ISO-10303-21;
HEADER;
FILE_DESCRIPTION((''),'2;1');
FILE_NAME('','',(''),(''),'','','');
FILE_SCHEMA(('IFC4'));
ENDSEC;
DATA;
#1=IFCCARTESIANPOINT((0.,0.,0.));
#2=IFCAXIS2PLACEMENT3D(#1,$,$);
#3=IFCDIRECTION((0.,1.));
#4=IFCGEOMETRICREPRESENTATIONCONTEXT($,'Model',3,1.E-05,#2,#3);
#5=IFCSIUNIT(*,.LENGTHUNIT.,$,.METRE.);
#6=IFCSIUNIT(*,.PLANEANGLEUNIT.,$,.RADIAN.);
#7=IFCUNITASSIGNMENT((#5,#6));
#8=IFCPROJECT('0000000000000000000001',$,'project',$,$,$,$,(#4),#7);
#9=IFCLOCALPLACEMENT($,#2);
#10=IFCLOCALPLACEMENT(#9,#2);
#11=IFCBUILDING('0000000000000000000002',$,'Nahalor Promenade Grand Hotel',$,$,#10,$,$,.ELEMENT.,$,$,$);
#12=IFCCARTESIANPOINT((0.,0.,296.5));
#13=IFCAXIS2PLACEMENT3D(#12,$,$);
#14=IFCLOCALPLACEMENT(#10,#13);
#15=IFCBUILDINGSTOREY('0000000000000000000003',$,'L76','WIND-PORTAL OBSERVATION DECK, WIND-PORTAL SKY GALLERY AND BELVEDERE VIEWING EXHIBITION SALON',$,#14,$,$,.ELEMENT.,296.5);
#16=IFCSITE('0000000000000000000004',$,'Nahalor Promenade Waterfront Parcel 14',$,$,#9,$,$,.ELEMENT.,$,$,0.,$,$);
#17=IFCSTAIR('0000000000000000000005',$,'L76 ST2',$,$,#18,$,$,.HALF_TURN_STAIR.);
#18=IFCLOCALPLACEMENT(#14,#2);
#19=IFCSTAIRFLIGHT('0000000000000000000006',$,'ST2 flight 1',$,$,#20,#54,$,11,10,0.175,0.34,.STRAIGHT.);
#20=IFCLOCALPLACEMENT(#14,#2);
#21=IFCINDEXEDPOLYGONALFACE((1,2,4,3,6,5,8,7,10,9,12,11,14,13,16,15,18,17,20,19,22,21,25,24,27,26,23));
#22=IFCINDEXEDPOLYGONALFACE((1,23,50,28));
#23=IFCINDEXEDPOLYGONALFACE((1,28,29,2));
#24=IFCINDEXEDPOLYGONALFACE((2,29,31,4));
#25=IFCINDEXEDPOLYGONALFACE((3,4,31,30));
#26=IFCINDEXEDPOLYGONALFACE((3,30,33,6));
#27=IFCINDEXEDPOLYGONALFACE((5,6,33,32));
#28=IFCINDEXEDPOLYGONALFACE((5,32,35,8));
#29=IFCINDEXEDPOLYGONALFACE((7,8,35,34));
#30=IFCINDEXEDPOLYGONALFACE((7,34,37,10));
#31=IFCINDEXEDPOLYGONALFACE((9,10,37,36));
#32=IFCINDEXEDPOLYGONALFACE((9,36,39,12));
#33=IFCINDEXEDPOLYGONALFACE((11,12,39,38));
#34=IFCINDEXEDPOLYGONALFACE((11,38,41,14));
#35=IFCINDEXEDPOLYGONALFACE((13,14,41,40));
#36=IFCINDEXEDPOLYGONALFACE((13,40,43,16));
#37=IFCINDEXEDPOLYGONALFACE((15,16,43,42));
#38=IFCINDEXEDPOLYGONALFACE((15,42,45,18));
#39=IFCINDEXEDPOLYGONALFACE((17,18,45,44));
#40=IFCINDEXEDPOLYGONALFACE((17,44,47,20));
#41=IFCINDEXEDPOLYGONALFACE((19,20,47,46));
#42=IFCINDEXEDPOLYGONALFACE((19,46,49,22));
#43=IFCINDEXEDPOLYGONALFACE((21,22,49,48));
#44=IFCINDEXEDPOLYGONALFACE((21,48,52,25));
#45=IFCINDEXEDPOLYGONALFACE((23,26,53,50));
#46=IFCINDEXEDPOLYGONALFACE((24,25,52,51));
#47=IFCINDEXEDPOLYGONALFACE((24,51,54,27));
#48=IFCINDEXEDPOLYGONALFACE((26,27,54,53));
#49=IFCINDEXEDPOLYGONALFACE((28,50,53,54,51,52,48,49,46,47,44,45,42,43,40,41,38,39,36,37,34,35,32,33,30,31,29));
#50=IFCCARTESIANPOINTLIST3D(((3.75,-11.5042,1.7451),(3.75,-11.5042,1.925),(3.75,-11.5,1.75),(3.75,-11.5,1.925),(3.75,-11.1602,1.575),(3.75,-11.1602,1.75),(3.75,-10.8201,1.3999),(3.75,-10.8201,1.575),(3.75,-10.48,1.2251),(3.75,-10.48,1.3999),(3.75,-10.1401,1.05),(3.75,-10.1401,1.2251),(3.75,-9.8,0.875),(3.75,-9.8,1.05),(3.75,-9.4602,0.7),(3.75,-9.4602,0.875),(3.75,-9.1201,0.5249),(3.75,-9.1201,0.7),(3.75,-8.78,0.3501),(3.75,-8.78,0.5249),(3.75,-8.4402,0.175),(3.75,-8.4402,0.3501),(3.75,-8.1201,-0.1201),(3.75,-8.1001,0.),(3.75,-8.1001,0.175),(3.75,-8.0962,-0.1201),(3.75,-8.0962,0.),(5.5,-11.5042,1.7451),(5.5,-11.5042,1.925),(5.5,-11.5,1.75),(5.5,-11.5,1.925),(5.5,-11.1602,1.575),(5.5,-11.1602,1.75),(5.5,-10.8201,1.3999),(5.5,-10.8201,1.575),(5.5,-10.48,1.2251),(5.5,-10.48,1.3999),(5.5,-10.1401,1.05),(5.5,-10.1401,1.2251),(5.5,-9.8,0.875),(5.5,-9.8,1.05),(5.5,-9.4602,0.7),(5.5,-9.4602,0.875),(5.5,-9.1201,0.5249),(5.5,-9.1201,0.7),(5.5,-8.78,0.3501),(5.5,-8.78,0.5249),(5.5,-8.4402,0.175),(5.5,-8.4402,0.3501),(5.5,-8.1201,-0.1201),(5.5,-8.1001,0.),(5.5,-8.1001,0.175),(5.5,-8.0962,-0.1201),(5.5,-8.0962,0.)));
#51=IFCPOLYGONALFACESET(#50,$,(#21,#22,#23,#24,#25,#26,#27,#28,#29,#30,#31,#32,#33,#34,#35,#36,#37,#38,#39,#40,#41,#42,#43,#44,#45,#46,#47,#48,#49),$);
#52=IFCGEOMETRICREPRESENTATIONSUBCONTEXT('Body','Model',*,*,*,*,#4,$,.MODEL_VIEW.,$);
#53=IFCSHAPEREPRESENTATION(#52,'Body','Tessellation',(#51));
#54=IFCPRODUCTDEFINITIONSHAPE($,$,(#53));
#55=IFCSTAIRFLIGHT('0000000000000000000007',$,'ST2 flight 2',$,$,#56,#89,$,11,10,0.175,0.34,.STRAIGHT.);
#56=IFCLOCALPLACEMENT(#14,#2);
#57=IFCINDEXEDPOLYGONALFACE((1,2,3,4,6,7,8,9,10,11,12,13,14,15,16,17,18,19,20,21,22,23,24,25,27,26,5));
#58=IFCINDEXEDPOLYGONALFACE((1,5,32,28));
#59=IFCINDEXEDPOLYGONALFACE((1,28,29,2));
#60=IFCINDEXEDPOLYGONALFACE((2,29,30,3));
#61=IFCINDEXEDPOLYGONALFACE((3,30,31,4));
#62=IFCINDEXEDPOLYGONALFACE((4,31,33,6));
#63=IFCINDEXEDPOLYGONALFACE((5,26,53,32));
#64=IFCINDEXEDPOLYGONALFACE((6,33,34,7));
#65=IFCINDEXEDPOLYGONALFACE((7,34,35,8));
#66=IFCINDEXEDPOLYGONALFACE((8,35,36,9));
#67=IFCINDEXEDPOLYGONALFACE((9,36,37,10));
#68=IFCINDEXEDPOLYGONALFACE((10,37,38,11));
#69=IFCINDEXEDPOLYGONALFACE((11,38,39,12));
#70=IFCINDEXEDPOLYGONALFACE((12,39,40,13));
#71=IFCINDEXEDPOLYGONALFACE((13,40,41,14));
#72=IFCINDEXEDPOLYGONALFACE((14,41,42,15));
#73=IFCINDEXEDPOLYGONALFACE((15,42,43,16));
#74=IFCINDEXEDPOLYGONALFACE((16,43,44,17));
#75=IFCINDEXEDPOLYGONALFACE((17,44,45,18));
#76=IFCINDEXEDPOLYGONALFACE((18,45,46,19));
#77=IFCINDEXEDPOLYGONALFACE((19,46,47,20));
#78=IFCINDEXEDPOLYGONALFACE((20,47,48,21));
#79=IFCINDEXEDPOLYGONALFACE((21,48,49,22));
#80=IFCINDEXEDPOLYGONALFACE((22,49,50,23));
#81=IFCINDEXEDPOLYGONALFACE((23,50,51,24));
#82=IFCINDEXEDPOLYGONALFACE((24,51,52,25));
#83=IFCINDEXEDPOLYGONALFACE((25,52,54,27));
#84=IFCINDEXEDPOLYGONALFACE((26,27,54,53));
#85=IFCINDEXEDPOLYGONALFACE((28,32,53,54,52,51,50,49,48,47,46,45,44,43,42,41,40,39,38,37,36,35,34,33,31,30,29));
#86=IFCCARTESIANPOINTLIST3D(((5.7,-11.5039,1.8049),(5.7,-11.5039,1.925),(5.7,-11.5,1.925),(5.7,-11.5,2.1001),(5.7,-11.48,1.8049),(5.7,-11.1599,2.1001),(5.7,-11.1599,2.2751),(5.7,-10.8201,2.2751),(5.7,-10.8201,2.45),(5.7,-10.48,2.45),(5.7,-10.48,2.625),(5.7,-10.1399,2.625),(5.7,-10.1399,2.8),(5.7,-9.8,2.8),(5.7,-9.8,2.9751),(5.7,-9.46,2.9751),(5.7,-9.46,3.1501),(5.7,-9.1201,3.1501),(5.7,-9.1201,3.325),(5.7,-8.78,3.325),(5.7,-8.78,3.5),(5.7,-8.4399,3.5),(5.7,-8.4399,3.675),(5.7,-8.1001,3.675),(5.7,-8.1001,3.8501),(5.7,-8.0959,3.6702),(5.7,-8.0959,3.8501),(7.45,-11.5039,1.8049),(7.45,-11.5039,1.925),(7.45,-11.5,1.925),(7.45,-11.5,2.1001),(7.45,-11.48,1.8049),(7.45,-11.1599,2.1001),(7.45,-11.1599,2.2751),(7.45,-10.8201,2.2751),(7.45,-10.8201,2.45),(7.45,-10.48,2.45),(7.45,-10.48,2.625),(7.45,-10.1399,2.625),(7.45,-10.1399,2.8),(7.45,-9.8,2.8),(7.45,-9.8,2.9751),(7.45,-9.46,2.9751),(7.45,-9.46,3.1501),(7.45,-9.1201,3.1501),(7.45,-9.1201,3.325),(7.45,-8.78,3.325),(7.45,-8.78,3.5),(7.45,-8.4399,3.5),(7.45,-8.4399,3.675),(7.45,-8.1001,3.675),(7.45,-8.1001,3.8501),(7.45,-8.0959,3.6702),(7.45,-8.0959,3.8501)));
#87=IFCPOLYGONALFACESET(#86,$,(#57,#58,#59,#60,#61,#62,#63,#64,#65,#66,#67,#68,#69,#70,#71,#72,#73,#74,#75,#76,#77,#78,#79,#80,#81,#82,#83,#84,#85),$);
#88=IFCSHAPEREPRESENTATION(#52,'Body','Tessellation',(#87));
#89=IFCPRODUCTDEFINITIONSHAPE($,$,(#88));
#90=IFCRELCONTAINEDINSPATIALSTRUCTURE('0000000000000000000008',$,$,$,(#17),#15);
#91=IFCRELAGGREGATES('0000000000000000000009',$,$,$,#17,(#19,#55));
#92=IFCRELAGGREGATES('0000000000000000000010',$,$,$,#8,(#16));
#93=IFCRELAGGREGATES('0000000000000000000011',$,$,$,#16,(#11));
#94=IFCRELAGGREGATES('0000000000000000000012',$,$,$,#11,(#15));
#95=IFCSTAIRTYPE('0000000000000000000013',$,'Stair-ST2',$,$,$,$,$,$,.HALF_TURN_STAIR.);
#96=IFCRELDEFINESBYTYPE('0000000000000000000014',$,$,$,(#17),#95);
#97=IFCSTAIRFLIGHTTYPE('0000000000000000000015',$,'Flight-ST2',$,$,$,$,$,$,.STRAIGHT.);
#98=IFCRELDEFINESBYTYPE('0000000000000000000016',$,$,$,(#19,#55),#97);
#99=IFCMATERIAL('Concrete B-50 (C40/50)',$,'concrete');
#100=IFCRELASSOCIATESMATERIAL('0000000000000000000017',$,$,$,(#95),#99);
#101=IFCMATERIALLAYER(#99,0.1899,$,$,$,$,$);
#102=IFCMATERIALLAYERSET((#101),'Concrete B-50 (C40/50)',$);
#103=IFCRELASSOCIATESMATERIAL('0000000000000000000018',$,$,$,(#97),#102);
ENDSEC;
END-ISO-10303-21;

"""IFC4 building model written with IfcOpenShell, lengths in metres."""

from ifc_helpers import new_model, si_unit, direction, frame, origin, place, context, subcontext, project, spatial, polyline, outline, extrude, source, transform, mapped, material, layer, layer_set, type_object, element, aggregate, save


model = new_model("IFC4")

# Units and contexts
model_context = context("Model", 3, precision=1e-05, world=origin(), true_north=direction((0.0, 1.0)))
body_context = subcontext(model_context, "Body", "Model", "MODEL_VIEW")
ifc_project = project(units=[si_unit("LENGTHUNIT", "METRE"), si_unit("PLANEANGLEUNIT", "RADIAN")], contexts=[model_context])

# Site, building, storey
site_placement = place(None, origin())
site = spatial("IfcSite", under=ifc_project, at=site_placement, Name="Nahalor Promenade Waterfront Parcel 14", CompositionType="ELEMENT", RefElevation=0.0)
building_placement = place(site_placement, origin())
building = spatial("IfcBuilding", under=site, at=building_placement, Name="Nahalor Promenade Grand Hotel", CompositionType="ELEMENT")
storey_placement = place(building_placement, frame((0.0, 0.0, 296.5)))
storey = spatial("IfcBuildingStorey", under=building, at=storey_placement, Name="L76", Description="WIND-PORTAL OBSERVATION DECK, WIND-PORTAL SKY GALLERY AND BELVEDERE VIEWING EXHIBITION SALON", CompositionType="ELEMENT", Elevation=296.5)

# Shared definitions
ifc_material_1 = material(Name="Concrete B-50 (C40/50)", Category="concrete")

# Stair, stair flights
stair_type = type_object("IfcStairType", Name="Stair-ST2", PredefinedType="HALF_TURN_STAIR", material=ifc_material_1)
stair_placement = place(storey_placement, origin())
stair = element("IfcStair", 1, at=stair_placement, inside=storey, type_object=stair_type, Name="L76 ST2", PredefinedType="HALF_TURN_STAIR")
ifc_layer_1 = layer(ifc_material_1, 0.1899)
ifc_layer_set_1 = layer_set([ifc_layer_1], Name="Concrete B-50 (C40/50)")
stair_flight_type = type_object("IfcStairFlightType", Name="Flight-ST2", PredefinedType="STRAIGHT", material=ifc_layer_set_1)
shared_shape_1 = source(origin(), body_context, "Body", "SweptSolid", [
    extrude(outline(polyline([(-0.0039, -0.1201), (-0.0039, 0.0), (0.0, 0.0), (0.0, 0.175), (0.3401, 0.175), (0.3401, 0.3501), (0.6799, 0.3501), (0.6799, 0.5249), (1.02, 0.5249), (1.02, 0.7), (1.3601, 0.7), (1.3601, 0.875), (1.7, 0.875), (1.7, 1.05), (2.04, 1.05), (2.04, 1.2251), (2.3799, 1.2251), (2.3799, 1.3999), (2.72, 1.3999), (2.72, 1.575), (3.0601, 1.575), (3.0601, 1.75), (3.3999, 1.75), (3.3999, 1.925), (3.4041, 1.925), (3.4041, 1.7451), (0.02, -0.1201), (-0.0039, -0.1201)])), frame((0.0, 0.875, 0.0), z_axis=(0.0, -1.0, 0.0), x_axis=(1.0, 0.0, 0.0)), (0.0, 0.0, 1.0), 1.75),
])
stair_flight_1_placement = place(storey_placement, frame((4.625, -8.1001, 0.0), z_axis=(0.0, 0.0, 1.0), x_axis=(0.0, -1.0, 0.0)))
stair_flight_1 = element("IfcStairFlight", 2, at=stair_flight_1_placement, type_object=stair_flight_type, Name="ST2 flight 1", NumberOfRisers=11, NumberOfTreads=10, PredefinedType="STRAIGHT", RiserHeight=0.175, TreadLength=0.34, context=body_context, shape_type="MappedRepresentation", body=[
    mapped(shared_shape_1, transform((0.0, 0.0, 0.0), scale=1.0)),
])
stair_flight_2_placement = place(storey_placement, frame((6.575, -11.5, 1.925), z_axis=(0.0, 0.0, 1.0), x_axis=(0.0, 1.0, 0.0)))
stair_flight_2 = element("IfcStairFlight", 3, at=stair_flight_2_placement, type_object=stair_flight_type, Name="ST2 flight 2", NumberOfRisers=11, NumberOfTreads=10, PredefinedType="STRAIGHT", RiserHeight=0.175, TreadLength=0.34, context=body_context, shape_type="MappedRepresentation", body=[
    mapped(shared_shape_1, transform((0.0, 0.0, 0.0), scale=1.0)),
])
aggregate(stair, [stair_flight_1, stair_flight_2])

save(model, "model.ifc")
